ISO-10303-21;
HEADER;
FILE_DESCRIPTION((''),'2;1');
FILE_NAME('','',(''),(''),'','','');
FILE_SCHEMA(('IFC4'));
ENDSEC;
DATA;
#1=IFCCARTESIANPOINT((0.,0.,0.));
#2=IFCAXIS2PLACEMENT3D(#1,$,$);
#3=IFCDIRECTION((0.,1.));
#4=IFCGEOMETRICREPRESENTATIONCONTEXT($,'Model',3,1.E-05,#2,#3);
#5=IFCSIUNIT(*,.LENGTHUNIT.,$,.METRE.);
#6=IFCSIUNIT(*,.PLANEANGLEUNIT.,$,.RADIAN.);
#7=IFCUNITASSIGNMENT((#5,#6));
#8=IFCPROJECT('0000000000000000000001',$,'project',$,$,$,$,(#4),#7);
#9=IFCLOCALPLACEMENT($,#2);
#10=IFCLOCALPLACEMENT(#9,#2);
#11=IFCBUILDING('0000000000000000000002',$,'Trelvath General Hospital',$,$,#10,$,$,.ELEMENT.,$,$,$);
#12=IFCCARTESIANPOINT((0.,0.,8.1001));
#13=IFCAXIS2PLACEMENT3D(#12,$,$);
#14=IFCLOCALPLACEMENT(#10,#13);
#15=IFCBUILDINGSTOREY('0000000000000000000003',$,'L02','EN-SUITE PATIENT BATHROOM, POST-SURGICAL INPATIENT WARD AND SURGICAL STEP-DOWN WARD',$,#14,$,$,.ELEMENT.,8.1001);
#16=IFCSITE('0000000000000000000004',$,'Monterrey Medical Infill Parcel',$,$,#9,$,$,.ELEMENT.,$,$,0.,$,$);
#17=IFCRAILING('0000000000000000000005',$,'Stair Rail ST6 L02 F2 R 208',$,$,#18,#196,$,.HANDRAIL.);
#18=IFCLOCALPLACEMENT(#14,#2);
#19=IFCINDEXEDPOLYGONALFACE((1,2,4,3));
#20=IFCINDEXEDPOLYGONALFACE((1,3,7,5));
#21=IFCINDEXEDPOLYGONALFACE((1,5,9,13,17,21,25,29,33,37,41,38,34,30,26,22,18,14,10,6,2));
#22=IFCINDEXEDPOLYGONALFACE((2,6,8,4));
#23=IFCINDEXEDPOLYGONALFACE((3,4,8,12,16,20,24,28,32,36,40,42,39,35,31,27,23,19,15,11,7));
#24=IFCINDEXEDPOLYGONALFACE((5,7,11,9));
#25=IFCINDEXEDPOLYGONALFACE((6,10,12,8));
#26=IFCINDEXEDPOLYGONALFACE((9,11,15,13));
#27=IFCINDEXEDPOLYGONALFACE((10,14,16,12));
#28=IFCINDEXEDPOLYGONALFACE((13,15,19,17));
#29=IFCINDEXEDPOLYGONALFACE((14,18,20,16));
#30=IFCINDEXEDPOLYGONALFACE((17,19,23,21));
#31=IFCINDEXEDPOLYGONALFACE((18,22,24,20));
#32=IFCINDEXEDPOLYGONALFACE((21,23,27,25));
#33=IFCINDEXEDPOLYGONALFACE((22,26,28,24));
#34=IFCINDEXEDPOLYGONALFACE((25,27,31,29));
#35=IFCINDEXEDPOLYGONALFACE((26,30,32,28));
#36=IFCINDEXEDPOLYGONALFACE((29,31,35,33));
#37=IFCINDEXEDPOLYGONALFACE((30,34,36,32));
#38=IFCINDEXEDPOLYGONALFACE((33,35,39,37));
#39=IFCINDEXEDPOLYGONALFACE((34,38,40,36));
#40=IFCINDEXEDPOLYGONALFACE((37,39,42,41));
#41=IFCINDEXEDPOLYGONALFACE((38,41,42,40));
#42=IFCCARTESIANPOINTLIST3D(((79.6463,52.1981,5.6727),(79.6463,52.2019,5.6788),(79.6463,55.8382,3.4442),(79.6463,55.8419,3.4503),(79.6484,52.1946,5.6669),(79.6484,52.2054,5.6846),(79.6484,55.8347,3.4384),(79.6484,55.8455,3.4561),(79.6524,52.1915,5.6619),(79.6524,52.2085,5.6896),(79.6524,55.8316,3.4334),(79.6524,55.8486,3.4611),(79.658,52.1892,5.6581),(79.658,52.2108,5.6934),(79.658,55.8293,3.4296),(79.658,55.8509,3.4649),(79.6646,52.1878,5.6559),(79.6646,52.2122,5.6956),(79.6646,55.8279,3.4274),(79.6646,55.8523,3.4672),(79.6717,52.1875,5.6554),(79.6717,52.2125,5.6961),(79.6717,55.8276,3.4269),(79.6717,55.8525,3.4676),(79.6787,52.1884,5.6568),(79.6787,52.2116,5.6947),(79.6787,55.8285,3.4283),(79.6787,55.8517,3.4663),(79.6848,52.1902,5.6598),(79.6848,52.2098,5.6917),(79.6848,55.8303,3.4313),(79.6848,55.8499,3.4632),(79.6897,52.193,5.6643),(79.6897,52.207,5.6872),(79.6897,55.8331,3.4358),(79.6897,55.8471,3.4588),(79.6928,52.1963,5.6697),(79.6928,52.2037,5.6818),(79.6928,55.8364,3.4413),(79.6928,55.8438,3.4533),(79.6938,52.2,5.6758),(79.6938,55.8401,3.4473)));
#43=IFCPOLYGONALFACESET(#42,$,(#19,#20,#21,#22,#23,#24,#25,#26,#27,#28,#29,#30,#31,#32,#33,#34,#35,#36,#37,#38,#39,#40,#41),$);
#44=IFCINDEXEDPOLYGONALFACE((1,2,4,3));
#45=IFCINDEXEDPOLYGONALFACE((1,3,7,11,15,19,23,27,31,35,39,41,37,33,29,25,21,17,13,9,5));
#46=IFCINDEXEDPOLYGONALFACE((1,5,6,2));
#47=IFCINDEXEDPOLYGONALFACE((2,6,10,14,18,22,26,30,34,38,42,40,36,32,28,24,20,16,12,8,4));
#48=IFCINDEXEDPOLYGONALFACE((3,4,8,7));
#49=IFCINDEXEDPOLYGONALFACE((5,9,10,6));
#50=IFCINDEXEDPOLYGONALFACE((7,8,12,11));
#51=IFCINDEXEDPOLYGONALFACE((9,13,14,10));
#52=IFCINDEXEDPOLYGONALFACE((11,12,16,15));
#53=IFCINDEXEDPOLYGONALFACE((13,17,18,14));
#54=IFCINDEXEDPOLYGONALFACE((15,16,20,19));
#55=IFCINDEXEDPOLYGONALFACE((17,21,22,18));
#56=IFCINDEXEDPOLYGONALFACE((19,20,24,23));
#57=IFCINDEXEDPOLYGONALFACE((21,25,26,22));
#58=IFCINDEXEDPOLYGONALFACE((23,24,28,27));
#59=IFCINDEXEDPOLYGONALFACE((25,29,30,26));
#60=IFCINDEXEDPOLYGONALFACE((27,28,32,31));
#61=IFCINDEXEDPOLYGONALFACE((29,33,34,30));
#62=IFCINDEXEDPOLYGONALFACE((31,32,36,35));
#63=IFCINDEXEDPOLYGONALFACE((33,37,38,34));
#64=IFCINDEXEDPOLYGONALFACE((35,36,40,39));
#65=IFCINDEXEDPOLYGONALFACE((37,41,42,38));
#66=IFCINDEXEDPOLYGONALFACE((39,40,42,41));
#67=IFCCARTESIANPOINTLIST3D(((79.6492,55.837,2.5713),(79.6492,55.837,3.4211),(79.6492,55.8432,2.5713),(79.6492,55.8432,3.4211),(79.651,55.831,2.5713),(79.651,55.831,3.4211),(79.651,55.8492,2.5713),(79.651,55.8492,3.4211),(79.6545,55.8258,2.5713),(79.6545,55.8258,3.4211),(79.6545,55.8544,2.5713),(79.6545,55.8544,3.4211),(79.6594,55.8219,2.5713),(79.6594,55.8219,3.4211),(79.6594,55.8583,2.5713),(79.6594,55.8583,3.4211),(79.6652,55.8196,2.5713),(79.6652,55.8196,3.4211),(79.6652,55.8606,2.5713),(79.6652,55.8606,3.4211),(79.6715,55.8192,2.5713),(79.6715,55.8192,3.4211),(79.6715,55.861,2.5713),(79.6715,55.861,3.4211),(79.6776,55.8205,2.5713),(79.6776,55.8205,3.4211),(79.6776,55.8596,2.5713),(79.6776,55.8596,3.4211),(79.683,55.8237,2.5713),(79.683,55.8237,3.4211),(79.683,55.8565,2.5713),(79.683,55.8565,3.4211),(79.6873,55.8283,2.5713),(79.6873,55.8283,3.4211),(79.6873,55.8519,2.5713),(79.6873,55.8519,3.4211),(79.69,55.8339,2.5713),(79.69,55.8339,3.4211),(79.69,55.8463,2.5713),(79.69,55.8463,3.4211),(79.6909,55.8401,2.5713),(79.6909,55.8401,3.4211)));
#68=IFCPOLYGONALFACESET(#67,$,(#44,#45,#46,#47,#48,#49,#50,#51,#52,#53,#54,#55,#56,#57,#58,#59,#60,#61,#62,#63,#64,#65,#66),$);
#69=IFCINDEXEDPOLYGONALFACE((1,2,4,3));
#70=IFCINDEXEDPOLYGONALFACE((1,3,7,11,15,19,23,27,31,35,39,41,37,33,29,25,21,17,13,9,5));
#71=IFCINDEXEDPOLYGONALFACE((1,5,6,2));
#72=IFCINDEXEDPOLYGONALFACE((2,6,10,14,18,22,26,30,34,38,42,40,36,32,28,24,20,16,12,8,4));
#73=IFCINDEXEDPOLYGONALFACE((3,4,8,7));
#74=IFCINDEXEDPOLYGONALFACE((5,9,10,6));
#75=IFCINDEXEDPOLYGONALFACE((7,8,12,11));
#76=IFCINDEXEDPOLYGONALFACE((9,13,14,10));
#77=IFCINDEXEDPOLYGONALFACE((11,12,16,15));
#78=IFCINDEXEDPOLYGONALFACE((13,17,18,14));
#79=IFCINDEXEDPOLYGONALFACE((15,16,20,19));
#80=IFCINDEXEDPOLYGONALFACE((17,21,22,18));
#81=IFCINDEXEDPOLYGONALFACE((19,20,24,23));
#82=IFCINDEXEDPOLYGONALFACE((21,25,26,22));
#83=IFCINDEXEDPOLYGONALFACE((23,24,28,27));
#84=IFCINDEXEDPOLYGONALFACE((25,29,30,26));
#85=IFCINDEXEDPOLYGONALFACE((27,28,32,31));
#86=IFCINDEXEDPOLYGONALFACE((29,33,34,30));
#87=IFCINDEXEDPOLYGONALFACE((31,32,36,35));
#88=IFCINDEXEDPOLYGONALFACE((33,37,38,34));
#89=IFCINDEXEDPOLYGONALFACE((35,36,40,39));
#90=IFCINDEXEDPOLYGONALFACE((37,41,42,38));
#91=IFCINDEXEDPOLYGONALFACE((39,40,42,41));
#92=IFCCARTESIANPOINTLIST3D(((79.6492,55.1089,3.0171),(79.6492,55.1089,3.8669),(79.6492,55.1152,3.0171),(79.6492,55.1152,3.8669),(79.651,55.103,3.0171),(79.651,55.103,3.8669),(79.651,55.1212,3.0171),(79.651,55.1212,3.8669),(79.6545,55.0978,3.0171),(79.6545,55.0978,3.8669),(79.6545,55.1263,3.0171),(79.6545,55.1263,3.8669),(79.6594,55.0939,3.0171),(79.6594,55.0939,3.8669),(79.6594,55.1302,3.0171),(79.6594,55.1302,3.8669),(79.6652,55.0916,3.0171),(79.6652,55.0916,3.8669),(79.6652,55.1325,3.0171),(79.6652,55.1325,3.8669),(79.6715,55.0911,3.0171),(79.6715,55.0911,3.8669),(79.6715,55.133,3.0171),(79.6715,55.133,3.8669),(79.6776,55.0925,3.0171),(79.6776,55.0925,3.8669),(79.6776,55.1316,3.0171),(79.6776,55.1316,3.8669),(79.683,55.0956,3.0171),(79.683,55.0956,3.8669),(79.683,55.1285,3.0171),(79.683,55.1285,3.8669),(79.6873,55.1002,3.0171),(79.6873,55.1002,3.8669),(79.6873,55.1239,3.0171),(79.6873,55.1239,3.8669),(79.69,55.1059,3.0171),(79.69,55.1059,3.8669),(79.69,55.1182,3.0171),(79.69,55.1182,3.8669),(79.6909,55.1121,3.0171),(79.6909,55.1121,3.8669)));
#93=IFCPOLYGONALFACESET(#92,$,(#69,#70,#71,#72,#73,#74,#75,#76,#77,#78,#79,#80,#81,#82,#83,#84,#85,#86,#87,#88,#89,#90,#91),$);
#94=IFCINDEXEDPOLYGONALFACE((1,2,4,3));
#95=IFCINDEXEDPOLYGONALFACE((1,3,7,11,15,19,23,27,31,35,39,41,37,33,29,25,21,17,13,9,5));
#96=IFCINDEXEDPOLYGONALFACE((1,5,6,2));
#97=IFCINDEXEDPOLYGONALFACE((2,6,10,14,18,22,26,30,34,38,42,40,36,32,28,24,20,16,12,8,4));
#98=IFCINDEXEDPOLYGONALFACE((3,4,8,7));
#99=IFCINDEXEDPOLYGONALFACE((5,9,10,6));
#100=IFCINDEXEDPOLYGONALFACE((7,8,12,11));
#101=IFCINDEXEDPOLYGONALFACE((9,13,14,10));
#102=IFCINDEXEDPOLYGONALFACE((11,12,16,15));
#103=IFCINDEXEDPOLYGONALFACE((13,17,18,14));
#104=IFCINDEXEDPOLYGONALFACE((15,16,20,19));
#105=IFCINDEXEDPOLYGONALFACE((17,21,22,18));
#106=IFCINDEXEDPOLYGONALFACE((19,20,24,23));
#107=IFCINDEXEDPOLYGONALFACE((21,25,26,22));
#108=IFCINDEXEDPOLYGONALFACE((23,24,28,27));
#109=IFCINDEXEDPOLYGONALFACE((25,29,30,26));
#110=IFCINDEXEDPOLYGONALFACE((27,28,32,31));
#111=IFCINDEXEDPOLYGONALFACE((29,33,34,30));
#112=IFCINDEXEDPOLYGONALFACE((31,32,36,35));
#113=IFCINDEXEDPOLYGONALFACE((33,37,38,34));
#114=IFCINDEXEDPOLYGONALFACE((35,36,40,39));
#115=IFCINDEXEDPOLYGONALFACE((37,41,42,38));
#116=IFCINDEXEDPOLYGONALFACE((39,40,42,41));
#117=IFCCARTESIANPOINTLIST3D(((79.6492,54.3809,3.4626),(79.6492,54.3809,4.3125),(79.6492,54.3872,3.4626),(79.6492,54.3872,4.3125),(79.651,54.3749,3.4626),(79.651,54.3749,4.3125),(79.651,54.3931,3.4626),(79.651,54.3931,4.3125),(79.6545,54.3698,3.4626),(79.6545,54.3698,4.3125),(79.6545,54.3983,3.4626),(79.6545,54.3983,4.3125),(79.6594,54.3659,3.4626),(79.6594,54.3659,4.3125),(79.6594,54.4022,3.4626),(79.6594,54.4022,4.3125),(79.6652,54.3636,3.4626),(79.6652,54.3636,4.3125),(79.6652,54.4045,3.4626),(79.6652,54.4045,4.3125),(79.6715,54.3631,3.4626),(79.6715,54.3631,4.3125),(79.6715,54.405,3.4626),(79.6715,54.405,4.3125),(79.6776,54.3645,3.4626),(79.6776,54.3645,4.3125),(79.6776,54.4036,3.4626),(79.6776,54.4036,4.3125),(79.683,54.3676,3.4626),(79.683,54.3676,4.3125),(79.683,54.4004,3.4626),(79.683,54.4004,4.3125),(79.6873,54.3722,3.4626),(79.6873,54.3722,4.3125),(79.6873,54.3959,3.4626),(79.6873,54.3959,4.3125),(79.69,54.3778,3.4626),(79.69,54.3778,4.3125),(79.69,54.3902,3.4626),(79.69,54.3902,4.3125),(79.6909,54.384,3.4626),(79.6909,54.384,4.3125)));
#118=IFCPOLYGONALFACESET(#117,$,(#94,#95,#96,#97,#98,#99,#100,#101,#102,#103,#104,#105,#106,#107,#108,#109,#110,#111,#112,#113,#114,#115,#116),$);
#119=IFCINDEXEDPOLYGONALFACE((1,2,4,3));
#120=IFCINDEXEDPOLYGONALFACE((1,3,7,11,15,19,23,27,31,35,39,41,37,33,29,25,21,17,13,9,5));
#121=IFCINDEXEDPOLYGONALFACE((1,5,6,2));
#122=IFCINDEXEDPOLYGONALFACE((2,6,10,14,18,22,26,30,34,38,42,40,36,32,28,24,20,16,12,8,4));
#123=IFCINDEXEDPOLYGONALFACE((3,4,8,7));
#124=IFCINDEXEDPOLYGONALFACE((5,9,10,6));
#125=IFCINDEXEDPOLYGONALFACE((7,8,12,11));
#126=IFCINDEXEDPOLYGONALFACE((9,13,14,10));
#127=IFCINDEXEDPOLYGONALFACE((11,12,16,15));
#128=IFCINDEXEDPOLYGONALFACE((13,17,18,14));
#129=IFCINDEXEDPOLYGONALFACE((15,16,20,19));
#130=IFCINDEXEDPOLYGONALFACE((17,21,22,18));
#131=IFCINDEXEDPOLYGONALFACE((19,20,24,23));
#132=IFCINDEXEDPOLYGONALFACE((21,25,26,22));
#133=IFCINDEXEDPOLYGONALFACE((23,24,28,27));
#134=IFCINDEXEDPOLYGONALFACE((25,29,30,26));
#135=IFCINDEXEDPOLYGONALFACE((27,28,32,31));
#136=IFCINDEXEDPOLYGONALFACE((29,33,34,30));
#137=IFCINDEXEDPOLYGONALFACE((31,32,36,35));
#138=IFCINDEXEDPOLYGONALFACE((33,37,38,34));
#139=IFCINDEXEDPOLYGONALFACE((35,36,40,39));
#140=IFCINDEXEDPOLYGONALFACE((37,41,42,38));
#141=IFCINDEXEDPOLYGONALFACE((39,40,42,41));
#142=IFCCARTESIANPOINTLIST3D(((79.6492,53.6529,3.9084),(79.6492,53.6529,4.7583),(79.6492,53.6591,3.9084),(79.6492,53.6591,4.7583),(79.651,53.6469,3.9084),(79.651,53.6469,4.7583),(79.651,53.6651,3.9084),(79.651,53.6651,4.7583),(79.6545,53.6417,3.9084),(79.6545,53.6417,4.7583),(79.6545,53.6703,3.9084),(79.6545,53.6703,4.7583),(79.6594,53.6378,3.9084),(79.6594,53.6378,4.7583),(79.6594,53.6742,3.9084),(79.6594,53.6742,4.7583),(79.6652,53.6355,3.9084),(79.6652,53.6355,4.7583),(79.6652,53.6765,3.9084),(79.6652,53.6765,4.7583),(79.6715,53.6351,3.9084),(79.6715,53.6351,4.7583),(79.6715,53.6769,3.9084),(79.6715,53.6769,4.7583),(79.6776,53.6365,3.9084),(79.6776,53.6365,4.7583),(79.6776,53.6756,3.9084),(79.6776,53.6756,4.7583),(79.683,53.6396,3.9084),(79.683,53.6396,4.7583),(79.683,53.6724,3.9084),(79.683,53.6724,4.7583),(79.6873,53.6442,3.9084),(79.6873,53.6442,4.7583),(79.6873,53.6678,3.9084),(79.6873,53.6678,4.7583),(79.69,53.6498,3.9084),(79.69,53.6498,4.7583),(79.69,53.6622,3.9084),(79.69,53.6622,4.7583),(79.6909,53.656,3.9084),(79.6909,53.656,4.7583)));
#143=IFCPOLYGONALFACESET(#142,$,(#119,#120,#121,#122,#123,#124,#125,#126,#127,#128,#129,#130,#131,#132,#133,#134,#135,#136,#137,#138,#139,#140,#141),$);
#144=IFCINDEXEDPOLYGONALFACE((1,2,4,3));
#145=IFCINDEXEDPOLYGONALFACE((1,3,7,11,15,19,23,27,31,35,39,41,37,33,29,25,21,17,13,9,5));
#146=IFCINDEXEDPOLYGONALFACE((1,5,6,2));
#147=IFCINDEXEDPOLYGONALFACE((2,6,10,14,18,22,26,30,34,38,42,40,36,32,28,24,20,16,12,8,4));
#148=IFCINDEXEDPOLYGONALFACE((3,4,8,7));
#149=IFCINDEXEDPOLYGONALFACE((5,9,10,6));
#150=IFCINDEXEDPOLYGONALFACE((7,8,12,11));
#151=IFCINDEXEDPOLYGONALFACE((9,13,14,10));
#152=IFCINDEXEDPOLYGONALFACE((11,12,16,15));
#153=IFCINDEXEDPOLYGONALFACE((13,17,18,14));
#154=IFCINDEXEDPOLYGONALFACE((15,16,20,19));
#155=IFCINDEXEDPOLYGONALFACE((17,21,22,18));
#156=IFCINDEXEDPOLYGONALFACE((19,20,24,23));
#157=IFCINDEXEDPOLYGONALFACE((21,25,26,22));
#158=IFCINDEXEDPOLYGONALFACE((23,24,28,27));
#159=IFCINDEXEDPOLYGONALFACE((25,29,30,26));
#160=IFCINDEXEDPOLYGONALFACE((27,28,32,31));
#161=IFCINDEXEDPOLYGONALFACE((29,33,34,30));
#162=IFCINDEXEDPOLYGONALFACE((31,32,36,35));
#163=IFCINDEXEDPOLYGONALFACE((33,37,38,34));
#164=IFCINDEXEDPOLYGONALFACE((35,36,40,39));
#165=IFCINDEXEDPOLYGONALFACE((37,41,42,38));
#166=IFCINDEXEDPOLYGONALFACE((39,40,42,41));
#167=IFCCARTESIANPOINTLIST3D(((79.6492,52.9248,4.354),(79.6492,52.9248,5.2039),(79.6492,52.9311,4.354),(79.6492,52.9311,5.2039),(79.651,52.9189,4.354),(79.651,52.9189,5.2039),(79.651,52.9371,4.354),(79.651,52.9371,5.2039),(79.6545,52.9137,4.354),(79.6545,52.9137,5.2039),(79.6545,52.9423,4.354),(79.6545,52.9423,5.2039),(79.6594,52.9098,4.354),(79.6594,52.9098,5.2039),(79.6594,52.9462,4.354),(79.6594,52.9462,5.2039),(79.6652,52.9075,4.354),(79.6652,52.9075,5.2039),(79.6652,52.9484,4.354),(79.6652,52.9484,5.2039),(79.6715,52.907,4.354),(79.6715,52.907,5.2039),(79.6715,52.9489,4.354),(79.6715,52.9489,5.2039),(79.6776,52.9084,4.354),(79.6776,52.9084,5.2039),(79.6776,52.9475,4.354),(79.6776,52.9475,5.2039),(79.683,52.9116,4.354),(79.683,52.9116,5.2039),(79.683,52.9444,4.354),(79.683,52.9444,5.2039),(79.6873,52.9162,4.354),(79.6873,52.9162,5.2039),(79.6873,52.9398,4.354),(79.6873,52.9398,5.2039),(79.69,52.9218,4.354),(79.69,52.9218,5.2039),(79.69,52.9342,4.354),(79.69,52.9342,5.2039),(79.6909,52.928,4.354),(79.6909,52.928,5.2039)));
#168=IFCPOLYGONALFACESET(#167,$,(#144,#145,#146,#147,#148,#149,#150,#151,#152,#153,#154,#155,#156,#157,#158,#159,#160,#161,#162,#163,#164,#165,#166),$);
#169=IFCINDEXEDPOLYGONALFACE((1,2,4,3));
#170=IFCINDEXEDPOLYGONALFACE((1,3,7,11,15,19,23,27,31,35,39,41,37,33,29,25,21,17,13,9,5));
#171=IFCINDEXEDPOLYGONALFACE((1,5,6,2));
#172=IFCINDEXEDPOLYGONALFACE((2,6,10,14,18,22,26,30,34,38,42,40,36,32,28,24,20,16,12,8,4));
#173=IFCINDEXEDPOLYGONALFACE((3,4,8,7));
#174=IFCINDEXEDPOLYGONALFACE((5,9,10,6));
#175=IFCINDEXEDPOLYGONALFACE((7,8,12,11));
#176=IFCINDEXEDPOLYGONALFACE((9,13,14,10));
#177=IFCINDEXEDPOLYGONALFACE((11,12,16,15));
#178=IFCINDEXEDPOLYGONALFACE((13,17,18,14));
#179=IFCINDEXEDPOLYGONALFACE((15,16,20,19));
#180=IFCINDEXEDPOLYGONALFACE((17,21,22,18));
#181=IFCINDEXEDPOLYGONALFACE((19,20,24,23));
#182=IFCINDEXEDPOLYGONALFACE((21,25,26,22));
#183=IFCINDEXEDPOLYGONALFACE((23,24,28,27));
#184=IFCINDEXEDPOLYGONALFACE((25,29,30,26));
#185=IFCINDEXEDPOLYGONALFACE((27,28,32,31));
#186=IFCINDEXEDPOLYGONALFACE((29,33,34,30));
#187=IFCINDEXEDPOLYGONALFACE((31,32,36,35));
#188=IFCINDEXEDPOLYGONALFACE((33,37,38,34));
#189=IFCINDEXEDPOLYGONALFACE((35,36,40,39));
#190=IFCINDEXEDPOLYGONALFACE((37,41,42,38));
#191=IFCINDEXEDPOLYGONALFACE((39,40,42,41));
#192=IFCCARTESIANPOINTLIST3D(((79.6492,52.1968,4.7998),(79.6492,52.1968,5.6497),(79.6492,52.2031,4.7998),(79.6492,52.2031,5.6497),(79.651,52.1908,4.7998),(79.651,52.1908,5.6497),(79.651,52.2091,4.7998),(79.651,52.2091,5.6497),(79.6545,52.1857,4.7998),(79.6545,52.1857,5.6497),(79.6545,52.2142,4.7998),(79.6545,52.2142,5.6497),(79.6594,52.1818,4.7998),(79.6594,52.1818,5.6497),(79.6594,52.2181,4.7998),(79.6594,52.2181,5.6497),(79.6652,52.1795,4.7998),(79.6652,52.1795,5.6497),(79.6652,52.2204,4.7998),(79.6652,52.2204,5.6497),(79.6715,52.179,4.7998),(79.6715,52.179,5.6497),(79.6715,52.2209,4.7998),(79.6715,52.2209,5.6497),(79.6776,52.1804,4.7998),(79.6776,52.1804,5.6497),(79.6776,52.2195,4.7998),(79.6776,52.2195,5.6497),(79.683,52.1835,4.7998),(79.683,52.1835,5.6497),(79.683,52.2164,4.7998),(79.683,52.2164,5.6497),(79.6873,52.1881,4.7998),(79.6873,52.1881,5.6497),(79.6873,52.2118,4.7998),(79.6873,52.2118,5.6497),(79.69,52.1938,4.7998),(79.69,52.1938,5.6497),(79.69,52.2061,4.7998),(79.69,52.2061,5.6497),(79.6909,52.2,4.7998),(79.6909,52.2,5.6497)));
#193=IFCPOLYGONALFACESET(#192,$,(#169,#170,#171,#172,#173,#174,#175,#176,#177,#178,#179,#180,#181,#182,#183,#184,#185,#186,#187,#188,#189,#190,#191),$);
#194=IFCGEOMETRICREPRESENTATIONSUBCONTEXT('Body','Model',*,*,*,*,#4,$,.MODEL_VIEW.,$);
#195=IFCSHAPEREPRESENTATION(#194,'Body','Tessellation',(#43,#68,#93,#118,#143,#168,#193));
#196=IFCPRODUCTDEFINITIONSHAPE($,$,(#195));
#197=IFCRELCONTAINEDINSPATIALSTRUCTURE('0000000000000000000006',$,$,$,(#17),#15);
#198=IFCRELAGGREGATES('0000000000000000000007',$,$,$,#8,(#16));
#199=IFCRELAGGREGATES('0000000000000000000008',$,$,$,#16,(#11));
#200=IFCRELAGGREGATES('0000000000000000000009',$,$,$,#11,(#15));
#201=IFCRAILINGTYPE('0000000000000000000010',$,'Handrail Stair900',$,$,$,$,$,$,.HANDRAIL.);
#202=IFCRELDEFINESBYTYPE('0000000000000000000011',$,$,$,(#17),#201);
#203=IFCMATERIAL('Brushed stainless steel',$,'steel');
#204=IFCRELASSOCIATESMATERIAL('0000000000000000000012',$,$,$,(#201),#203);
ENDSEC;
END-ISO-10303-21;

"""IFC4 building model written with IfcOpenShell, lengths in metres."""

from ifc_helpers import new_model, si_unit, direction, frame, origin, origin_2d, place, context, subcontext, project, spatial, circle, extrude, material, type_object, element, save


model = new_model("IFC4")

# Units and contexts
model_context = context("Model", 3, precision=1e-05, world=origin(), true_north=direction((0.0, 1.0)))
body_context = subcontext(model_context, "Body", "Model", "MODEL_VIEW")
ifc_project = project(units=[si_unit("LENGTHUNIT", "METRE"), si_unit("PLANEANGLEUNIT", "RADIAN")], contexts=[model_context])

# Site, building, storey
site_placement = place(None, origin())
site = spatial("IfcSite", under=ifc_project, at=site_placement, Name="Monterrey Medical Infill Parcel", CompositionType="ELEMENT", RefElevation=0.0)
building_placement = place(site_placement, origin())
building = spatial("IfcBuilding", under=site, at=building_placement, Name="Trelvath General Hospital", CompositionType="ELEMENT")
storey_placement = place(building_placement, frame((0.0, 0.0, 8.1001)))
storey = spatial("IfcBuildingStorey", under=building, at=storey_placement, Name="L02", Description="EN-SUITE PATIENT BATHROOM, POST-SURGICAL INPATIENT WARD AND SURGICAL STEP-DOWN WARD", CompositionType="ELEMENT", Elevation=8.1001)

# Railing
ifc_material_1 = material(Name="Brushed stainless steel", Category="steel")
railing_type_1 = type_object("IfcRailingType", Name="Handrail Stair900", PredefinedType="HANDRAIL", material=ifc_material_1)
railing_1_placement = place(storey_placement, frame((79.6699, 55.8401, 2.5713)))
element("IfcRailing", 1, at=railing_1_placement, inside=storey, type_object=railing_type_1, Name="Stair Rail ST6 L02 F2 R 208", PredefinedType="HANDRAIL", context=body_context, shape_type="SweptSolid", body=[
    extrude(circle(Radius=0.0239, at=origin_2d()), frame((0.0, 0.0, 0.876), z_axis=(0.0, -0.852866, 0.52213), x_axis=(1.0, 0.0, 0.0)), (0.0, 0.0, 1.0), 4.2681),
    extrude(circle(Radius=0.021, at=origin_2d()), origin(), (0.0, 0.0, 1.0), 0.8499),
    extrude(circle(Radius=0.021, at=origin_2d()), frame((0.0, -0.728, 0.4458)), (0.0, 0.0, 1.0), 0.8499),
    extrude(circle(Radius=0.021, at=origin_2d()), frame((0.0, -1.4561, 0.8914)), (0.0, 0.0, 1.0), 0.8499),
    extrude(circle(Radius=0.021, at=origin_2d()), frame((0.0, -2.1841, 1.3372)), (0.0, 0.0, 1.0), 0.8499),
    extrude(circle(Radius=0.021, at=origin_2d()), frame((0.0, -2.9121, 1.7827)), (0.0, 0.0, 1.0), 0.8499),
    extrude(circle(Radius=0.021, at=origin_2d()), frame((0.0, -3.6401, 2.2285)), (0.0, 0.0, 1.0), 0.8499),
])

save(model, "model.ifc")
